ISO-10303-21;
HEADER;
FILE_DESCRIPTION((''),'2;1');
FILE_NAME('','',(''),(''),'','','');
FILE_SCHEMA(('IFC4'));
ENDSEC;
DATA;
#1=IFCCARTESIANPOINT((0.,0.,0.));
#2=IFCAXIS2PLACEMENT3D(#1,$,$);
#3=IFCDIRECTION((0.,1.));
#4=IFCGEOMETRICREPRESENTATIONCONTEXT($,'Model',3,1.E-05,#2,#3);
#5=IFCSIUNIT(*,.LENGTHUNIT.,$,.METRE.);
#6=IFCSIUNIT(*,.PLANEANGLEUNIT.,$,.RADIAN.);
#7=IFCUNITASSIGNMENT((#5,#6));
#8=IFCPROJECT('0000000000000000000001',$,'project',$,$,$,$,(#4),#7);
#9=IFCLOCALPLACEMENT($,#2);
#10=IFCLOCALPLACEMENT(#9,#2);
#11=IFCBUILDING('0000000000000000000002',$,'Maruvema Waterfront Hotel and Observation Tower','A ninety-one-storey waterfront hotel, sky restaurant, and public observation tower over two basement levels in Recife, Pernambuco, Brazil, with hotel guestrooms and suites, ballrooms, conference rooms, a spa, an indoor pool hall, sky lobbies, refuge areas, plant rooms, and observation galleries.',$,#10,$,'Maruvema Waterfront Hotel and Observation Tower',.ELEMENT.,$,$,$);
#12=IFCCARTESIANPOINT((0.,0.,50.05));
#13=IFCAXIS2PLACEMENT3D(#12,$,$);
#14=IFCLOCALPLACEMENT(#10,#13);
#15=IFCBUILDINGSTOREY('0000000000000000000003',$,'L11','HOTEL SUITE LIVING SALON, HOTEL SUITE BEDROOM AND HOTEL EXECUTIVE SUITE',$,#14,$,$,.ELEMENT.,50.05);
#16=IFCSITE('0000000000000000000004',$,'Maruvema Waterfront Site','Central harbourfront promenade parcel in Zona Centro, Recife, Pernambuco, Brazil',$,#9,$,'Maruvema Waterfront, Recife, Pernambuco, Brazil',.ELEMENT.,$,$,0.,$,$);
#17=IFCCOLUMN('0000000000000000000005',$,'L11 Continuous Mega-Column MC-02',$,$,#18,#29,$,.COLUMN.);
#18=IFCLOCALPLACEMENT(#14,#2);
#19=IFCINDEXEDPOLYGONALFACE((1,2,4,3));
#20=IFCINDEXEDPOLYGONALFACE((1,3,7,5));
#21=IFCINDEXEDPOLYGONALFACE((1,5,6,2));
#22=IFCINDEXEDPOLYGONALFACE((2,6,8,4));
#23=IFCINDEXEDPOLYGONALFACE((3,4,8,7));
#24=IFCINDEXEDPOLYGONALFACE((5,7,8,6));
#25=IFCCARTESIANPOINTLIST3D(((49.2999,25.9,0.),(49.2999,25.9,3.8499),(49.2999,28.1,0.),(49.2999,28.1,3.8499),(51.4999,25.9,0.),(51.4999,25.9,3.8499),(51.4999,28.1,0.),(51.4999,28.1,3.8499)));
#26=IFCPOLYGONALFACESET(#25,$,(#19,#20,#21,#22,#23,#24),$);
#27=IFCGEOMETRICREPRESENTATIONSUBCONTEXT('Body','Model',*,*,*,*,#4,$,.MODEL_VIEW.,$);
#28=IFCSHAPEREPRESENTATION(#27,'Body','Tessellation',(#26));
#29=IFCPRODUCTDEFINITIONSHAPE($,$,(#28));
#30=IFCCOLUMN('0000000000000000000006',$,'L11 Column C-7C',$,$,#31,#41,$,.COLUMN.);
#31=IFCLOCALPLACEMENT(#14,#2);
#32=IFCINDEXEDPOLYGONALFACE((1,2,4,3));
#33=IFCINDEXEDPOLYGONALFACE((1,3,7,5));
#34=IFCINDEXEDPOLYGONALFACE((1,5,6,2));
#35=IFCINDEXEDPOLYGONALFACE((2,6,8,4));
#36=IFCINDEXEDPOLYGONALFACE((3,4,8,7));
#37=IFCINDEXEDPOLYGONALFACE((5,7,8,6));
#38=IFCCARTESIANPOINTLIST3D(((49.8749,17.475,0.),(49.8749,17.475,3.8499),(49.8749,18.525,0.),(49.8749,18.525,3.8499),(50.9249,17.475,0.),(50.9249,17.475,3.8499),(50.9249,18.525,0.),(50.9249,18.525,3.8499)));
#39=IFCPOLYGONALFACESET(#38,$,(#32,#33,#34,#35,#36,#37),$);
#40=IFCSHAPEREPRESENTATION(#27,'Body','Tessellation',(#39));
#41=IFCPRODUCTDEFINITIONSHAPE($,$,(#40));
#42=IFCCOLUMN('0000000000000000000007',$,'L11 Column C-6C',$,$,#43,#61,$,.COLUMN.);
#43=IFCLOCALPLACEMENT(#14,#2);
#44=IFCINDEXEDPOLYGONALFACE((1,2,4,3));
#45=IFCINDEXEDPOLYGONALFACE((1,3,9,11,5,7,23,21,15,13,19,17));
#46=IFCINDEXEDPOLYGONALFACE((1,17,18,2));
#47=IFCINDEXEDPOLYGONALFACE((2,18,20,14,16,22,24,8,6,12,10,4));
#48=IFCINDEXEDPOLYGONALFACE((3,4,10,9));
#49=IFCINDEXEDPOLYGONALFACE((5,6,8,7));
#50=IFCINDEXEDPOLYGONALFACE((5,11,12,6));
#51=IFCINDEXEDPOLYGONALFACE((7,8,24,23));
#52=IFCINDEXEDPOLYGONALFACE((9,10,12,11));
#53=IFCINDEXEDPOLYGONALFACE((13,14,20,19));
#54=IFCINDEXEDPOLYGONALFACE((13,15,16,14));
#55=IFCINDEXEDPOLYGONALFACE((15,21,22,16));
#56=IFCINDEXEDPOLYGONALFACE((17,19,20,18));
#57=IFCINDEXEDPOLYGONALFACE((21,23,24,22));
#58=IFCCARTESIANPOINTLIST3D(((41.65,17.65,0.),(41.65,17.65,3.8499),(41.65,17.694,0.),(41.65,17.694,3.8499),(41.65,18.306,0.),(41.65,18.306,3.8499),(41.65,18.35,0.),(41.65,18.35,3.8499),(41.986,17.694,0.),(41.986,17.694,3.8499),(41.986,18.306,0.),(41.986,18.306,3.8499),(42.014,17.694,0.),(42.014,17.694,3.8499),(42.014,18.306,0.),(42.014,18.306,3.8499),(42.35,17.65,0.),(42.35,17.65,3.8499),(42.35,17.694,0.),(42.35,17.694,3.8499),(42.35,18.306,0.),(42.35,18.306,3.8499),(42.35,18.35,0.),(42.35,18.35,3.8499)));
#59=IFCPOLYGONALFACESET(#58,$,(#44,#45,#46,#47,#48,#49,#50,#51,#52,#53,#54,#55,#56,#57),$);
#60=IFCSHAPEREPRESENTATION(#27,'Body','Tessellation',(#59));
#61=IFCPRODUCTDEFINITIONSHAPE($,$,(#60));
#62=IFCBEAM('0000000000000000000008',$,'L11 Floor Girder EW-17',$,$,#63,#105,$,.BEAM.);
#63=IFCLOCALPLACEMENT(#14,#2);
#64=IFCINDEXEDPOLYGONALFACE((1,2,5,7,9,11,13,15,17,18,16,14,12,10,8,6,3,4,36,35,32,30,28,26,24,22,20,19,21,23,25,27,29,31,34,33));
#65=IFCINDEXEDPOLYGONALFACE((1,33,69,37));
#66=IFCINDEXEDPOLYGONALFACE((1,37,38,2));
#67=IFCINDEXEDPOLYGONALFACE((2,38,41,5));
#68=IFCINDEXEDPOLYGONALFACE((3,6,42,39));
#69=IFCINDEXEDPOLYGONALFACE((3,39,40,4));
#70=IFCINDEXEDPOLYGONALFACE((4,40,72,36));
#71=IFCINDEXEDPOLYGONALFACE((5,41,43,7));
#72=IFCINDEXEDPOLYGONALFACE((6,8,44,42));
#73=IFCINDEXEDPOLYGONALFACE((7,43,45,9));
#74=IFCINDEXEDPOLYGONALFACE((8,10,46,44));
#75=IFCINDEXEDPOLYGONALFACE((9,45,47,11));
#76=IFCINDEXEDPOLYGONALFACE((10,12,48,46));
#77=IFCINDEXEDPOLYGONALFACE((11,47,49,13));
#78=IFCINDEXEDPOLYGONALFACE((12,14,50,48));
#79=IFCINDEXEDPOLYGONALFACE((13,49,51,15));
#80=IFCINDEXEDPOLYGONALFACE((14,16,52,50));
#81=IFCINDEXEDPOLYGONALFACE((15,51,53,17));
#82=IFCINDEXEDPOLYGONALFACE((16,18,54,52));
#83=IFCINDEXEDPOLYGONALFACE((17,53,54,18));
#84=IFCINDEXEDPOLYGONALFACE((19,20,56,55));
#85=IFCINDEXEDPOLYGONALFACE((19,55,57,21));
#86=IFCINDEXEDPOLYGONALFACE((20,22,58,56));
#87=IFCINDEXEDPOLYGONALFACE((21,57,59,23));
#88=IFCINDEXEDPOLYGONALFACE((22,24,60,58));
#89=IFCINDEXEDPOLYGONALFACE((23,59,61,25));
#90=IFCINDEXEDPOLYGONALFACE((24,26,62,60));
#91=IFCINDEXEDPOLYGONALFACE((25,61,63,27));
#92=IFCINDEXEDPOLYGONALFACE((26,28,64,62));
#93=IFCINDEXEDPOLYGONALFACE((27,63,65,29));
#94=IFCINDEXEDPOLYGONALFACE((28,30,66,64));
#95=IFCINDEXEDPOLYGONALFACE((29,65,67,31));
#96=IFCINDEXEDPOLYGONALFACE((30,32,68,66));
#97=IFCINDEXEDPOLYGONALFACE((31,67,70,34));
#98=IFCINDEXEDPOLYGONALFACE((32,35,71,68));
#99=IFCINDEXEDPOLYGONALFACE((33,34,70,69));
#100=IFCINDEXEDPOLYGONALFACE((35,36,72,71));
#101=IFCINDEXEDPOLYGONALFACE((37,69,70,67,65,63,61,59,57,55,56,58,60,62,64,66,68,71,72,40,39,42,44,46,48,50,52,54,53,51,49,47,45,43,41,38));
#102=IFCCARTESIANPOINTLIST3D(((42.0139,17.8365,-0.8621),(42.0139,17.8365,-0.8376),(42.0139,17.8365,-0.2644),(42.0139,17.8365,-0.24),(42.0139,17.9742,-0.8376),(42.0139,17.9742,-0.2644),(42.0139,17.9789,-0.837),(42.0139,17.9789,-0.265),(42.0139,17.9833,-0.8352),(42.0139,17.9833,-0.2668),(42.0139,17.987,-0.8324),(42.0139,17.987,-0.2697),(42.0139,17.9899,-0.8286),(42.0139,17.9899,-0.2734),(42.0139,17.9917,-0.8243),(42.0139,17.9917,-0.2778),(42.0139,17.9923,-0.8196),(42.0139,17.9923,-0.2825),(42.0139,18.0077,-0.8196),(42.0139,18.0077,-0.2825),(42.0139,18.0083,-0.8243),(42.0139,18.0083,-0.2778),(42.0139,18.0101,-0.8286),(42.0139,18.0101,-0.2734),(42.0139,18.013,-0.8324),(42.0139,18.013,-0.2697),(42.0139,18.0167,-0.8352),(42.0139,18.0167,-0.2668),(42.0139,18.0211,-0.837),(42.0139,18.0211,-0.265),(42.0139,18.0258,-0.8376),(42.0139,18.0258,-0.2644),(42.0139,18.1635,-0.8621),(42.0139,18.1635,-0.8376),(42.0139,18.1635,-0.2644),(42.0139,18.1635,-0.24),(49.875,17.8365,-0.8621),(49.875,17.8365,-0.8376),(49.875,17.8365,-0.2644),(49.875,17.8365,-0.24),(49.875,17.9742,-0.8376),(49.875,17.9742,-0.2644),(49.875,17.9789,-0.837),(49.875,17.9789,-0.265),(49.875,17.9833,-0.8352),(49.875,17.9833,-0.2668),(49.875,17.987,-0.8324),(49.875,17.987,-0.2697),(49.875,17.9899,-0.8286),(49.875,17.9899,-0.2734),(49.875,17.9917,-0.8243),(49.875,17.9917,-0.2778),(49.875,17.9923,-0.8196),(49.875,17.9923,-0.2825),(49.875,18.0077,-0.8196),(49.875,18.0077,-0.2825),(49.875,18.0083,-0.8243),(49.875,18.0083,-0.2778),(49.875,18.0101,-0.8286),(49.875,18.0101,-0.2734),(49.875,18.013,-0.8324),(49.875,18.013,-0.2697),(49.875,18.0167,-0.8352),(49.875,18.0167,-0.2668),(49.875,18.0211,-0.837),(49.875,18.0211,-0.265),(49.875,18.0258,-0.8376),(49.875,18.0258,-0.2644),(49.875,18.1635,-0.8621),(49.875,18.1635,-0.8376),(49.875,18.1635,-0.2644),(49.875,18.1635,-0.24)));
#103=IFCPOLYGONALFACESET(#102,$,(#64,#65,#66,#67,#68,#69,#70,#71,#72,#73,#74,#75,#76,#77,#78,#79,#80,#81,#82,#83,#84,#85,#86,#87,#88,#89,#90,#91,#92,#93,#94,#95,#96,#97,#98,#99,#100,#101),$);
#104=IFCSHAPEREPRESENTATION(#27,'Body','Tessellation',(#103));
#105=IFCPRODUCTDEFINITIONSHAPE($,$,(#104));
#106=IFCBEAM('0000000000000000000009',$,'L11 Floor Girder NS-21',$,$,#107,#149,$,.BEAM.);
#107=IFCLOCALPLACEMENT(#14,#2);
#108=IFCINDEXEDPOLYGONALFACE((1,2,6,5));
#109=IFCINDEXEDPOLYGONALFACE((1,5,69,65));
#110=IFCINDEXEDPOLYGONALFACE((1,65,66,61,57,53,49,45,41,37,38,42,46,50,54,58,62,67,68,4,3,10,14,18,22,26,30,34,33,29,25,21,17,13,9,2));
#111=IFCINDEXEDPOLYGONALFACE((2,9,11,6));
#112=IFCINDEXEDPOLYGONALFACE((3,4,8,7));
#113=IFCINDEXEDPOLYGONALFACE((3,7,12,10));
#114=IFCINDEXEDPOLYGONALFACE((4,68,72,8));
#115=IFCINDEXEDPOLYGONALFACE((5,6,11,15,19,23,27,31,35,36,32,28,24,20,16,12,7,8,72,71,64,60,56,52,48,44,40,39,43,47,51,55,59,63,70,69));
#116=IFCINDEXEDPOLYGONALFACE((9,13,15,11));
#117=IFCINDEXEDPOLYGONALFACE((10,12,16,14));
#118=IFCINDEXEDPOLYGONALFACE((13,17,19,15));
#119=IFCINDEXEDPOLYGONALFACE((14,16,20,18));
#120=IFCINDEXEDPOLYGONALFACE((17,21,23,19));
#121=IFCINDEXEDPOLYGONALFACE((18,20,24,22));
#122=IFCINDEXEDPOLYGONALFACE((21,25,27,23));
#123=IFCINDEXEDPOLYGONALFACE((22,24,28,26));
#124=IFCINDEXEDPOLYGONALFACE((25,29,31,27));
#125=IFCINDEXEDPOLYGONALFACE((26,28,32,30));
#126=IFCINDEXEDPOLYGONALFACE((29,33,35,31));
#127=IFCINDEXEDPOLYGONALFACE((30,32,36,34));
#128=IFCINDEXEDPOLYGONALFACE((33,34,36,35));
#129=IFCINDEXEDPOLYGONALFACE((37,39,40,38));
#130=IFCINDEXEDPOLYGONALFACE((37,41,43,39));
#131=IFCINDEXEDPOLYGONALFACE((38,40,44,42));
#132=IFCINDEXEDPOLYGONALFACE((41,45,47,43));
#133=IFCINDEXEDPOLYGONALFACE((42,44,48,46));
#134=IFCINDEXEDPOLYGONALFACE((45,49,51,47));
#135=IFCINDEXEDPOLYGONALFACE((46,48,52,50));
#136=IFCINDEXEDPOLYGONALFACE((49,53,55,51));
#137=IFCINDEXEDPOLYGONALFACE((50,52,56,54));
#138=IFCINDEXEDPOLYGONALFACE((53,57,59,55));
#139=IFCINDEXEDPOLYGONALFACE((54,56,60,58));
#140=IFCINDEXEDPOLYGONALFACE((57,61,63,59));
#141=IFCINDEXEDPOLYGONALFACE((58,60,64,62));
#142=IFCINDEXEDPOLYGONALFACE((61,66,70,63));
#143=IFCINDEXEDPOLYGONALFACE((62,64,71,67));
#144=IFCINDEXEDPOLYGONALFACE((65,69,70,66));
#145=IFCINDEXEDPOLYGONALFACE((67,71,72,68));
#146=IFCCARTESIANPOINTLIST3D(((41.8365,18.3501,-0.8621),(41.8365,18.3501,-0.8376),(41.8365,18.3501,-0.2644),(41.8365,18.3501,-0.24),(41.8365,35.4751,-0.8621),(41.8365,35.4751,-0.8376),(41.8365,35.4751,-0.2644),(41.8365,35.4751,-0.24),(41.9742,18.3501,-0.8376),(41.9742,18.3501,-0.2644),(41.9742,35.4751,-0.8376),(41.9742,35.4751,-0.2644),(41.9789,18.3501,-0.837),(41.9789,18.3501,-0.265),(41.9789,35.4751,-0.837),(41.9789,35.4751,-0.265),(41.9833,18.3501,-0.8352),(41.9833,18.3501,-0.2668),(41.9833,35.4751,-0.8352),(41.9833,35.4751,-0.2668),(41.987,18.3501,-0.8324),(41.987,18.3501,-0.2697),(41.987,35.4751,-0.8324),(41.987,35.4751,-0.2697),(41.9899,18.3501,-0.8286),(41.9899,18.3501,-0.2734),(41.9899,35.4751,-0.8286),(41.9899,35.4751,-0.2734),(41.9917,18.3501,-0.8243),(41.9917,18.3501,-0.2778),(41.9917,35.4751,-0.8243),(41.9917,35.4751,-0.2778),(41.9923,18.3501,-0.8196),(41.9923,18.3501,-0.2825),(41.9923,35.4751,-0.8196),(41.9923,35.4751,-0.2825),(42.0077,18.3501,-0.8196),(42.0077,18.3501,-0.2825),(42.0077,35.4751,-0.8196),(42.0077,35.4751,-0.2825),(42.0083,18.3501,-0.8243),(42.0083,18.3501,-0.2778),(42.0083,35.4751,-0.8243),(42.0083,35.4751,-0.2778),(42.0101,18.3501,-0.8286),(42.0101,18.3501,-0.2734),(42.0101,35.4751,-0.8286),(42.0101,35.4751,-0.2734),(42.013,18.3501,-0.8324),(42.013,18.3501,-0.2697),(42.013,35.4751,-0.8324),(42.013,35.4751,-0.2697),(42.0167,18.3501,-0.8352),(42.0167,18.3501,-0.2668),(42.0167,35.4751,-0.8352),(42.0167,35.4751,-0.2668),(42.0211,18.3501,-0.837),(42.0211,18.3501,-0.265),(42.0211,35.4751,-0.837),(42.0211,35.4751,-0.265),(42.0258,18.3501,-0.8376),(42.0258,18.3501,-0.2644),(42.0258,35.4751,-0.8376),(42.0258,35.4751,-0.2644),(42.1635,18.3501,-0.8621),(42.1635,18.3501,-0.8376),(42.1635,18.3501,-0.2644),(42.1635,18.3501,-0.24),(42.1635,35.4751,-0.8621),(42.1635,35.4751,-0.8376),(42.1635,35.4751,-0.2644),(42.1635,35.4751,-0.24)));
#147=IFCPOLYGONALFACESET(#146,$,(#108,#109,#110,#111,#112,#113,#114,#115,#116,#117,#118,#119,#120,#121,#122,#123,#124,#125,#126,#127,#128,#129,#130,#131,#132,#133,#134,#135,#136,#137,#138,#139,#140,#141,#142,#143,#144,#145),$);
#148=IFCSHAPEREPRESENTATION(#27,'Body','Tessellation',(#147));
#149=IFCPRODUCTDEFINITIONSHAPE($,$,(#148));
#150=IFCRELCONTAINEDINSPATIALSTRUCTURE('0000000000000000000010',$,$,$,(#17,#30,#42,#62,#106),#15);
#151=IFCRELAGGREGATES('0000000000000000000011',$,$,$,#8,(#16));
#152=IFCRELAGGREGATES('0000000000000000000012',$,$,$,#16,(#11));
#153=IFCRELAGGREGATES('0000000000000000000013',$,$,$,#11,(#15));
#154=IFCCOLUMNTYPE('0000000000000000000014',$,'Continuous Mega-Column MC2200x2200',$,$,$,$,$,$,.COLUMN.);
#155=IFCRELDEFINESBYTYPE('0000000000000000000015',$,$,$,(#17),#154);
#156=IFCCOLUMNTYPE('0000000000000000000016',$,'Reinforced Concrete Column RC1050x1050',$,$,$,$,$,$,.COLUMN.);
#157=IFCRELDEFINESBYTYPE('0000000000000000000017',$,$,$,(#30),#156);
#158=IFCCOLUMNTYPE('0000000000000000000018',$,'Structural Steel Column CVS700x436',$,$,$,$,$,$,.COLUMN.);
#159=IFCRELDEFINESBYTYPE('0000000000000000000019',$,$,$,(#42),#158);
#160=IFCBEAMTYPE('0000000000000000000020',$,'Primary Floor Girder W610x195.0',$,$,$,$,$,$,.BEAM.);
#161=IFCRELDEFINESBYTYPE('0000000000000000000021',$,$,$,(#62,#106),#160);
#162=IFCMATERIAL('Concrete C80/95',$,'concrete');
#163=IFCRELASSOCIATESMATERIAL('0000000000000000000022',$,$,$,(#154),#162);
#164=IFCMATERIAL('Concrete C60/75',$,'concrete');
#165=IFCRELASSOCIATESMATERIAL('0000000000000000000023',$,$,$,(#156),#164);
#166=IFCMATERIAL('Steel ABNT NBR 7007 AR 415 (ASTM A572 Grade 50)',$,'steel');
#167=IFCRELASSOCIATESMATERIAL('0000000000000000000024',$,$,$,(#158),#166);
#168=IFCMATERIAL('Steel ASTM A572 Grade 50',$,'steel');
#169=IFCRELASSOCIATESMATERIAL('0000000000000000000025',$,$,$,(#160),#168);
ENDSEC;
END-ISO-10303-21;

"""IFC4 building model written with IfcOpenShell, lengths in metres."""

from ifc_helpers import new_model, si_unit, direction, frame, origin, origin_2d, place, context, subcontext, project, spatial, rectangle, i_section, extrude, material, material_profile, profile_set, type_object, element, save


model = new_model("IFC4")

# Units and contexts
model_context = context("Model", 3, precision=1e-05, world=origin(), true_north=direction((0.0, 1.0)))
body_context = subcontext(model_context, "Body", "Model", "MODEL_VIEW")
ifc_project = project(units=[si_unit("LENGTHUNIT", "METRE"), si_unit("PLANEANGLEUNIT", "RADIAN")], contexts=[model_context])

# Site, building, storey
site_placement = place(None, origin())
site = spatial("IfcSite", under=ifc_project, at=site_placement, Name="Maruvema Waterfront Site", Description="Central harbourfront promenade parcel in Zona Centro, Recife, Pernambuco, Brazil", LongName="Maruvema Waterfront, Recife, Pernambuco, Brazil", CompositionType="ELEMENT", RefElevation=0.0)
building_placement = place(site_placement, origin())
building = spatial("IfcBuilding", under=site, at=building_placement, Name="Maruvema Waterfront Hotel and Observation Tower", Description="A ninety-one-storey waterfront hotel, sky restaurant, and public observation tower over two basement levels in Recife, Pernambuco, Brazil, with hotel guestrooms and suites, ballrooms, conference rooms, a spa, an indoor pool hall, sky lobbies, refuge areas, plant rooms, and observation galleries.", LongName="Maruvema Waterfront Hotel and Observation Tower", CompositionType="ELEMENT")
storey_placement = place(building_placement, frame((0.0, 0.0, 50.05)))
storey = spatial("IfcBuildingStorey", under=building, at=storey_placement, Name="L11", Description="HOTEL SUITE LIVING SALON, HOTEL SUITE BEDROOM AND HOTEL EXECUTIVE SUITE", CompositionType="ELEMENT", Elevation=50.05)

# Columns
ifc_material_1 = material(Name="Concrete C80/95", Category="concrete")
ifc_material_profile_1 = material_profile(ifc_material_1, rectangle(XDim=2.2, YDim=2.2, at=origin_2d()), Name="MC2200x2200")
ifc_profile_set_1 = profile_set([ifc_material_profile_1], Name="Concrete C80/95")
column_type_1 = type_object("IfcColumnType", Name="Continuous Mega-Column MC2200x2200", PredefinedType="COLUMN", material=ifc_profile_set_1)
column_1_placement = place(storey_placement, frame((50.3999, 27.0, 0.0), z_axis=(0.0, 0.0, 1.0), x_axis=(1.0, 0.0, 0.0)))
element("IfcColumn", 1, at=column_1_placement, inside=storey, type_object=column_type_1, Name="L11 Continuous Mega-Column MC-02", PredefinedType="COLUMN", context=body_context, shape_type="SweptSolid", body=[
    extrude(rectangle(XDim=2.2, YDim=2.2, at=origin_2d()), origin(), (0.0, 0.0, 1.0), 3.8499),
])
ifc_material_2 = material(Name="Concrete C60/75", Category="concrete")
ifc_material_profile_2 = material_profile(ifc_material_2, rectangle(XDim=1.05, YDim=1.05, at=origin_2d()), Name="RC1050x1050")
ifc_profile_set_2 = profile_set([ifc_material_profile_2], Name="Concrete C60/75")
column_type_2 = type_object("IfcColumnType", Name="Reinforced Concrete Column RC1050x1050", PredefinedType="COLUMN", material=ifc_profile_set_2)
column_2_placement = place(storey_placement, frame((50.3999, 18.0, 0.0), z_axis=(0.0, 0.0, 1.0), x_axis=(1.0, 0.0, 0.0)))
element("IfcColumn", 2, at=column_2_placement, inside=storey, type_object=column_type_2, Name="L11 Column C-7C", PredefinedType="COLUMN", context=body_context, shape_type="SweptSolid", body=[
    extrude(rectangle(XDim=1.05, YDim=1.05, at=origin_2d()), origin(), (0.0, 0.0, 1.0), 3.8499),
])
ifc_material_3 = material(Name="Steel ABNT NBR 7007 AR 415 (ASTM A572 Grade 50)", Category="steel")
ifc_material_profile_3 = material_profile(ifc_material_3, i_section(OverallWidth=0.7, OverallDepth=0.7, WebThickness=0.0281, FlangeThickness=0.0439, at=origin_2d()), Name="CVS700x436")
ifc_profile_set_3 = profile_set([ifc_material_profile_3], Name="Steel ABNT NBR 7007 AR 415 (ASTM A572 Grade 50)")
column_type_3 = type_object("IfcColumnType", Name="Structural Steel Column CVS700x436", PredefinedType="COLUMN", material=ifc_profile_set_3)
column_3_placement = place(storey_placement, frame((42.0, 18.0, 0.0), z_axis=(0.0, 0.0, 1.0), x_axis=(1.0, 0.0, 0.0)))
element("IfcColumn", 3, at=column_3_placement, inside=storey, type_object=column_type_3, Name="L11 Column C-6C", PredefinedType="COLUMN", context=body_context, shape_type="SweptSolid", body=[
    extrude(i_section(OverallWidth=0.7, OverallDepth=0.7, WebThickness=0.0281, FlangeThickness=0.0439, at=origin_2d()), origin(), (0.0, 0.0, 1.0), 3.8499),
])

# Beams
ifc_material_4 = material(Name="Steel ASTM A572 Grade 50", Category="steel")
ifc_material_profile_4 = material_profile(ifc_material_4, i_section(OverallWidth=0.3269, OverallDepth=0.6221, WebThickness=0.0154, FlangeThickness=0.0244, FilletRadius=0.0181, at=origin_2d()), Name="W610x195.0")
ifc_profile_set_4 = profile_set([ifc_material_profile_4], Name="Steel ASTM A572 Grade 50")
beam_type = type_object("IfcBeamType", Name="Primary Floor Girder W610x195.0", PredefinedType="BEAM", material=ifc_profile_set_4)
beam_1_placement = place(storey_placement, frame((42.0139, 18.0, -0.551), z_axis=(1.0, 0.0, 0.0), x_axis=(0.0, 1.0, 0.0)))
element("IfcBeam", 4, at=beam_1_placement, inside=storey, type_object=beam_type, Name="L11 Floor Girder EW-17", PredefinedType="BEAM", context=body_context, shape_type="SweptSolid", body=[
    extrude(i_section(OverallWidth=0.3269, OverallDepth=0.6221, WebThickness=0.0154, FlangeThickness=0.0244, FilletRadius=0.0181, at=origin_2d()), origin(), (0.0, 0.0, 1.0), 7.8611),
])
beam_2_placement = place(storey_placement, frame((42.0, 18.3501, -0.551), z_axis=(0.0, 1.0, 0.0), x_axis=(-1.0, 0.0, 0.0)))
element("IfcBeam", 5, at=beam_2_placement, inside=storey, type_object=beam_type, Name="L11 Floor Girder NS-21", PredefinedType="BEAM", context=body_context, shape_type="SweptSolid", body=[
    extrude(i_section(OverallWidth=0.3269, OverallDepth=0.6221, WebThickness=0.0154, FlangeThickness=0.0244, FilletRadius=0.0181, at=origin_2d()), origin(), (0.0, 0.0, 1.0), 17.125),
])

save(model, "model.ifc")
